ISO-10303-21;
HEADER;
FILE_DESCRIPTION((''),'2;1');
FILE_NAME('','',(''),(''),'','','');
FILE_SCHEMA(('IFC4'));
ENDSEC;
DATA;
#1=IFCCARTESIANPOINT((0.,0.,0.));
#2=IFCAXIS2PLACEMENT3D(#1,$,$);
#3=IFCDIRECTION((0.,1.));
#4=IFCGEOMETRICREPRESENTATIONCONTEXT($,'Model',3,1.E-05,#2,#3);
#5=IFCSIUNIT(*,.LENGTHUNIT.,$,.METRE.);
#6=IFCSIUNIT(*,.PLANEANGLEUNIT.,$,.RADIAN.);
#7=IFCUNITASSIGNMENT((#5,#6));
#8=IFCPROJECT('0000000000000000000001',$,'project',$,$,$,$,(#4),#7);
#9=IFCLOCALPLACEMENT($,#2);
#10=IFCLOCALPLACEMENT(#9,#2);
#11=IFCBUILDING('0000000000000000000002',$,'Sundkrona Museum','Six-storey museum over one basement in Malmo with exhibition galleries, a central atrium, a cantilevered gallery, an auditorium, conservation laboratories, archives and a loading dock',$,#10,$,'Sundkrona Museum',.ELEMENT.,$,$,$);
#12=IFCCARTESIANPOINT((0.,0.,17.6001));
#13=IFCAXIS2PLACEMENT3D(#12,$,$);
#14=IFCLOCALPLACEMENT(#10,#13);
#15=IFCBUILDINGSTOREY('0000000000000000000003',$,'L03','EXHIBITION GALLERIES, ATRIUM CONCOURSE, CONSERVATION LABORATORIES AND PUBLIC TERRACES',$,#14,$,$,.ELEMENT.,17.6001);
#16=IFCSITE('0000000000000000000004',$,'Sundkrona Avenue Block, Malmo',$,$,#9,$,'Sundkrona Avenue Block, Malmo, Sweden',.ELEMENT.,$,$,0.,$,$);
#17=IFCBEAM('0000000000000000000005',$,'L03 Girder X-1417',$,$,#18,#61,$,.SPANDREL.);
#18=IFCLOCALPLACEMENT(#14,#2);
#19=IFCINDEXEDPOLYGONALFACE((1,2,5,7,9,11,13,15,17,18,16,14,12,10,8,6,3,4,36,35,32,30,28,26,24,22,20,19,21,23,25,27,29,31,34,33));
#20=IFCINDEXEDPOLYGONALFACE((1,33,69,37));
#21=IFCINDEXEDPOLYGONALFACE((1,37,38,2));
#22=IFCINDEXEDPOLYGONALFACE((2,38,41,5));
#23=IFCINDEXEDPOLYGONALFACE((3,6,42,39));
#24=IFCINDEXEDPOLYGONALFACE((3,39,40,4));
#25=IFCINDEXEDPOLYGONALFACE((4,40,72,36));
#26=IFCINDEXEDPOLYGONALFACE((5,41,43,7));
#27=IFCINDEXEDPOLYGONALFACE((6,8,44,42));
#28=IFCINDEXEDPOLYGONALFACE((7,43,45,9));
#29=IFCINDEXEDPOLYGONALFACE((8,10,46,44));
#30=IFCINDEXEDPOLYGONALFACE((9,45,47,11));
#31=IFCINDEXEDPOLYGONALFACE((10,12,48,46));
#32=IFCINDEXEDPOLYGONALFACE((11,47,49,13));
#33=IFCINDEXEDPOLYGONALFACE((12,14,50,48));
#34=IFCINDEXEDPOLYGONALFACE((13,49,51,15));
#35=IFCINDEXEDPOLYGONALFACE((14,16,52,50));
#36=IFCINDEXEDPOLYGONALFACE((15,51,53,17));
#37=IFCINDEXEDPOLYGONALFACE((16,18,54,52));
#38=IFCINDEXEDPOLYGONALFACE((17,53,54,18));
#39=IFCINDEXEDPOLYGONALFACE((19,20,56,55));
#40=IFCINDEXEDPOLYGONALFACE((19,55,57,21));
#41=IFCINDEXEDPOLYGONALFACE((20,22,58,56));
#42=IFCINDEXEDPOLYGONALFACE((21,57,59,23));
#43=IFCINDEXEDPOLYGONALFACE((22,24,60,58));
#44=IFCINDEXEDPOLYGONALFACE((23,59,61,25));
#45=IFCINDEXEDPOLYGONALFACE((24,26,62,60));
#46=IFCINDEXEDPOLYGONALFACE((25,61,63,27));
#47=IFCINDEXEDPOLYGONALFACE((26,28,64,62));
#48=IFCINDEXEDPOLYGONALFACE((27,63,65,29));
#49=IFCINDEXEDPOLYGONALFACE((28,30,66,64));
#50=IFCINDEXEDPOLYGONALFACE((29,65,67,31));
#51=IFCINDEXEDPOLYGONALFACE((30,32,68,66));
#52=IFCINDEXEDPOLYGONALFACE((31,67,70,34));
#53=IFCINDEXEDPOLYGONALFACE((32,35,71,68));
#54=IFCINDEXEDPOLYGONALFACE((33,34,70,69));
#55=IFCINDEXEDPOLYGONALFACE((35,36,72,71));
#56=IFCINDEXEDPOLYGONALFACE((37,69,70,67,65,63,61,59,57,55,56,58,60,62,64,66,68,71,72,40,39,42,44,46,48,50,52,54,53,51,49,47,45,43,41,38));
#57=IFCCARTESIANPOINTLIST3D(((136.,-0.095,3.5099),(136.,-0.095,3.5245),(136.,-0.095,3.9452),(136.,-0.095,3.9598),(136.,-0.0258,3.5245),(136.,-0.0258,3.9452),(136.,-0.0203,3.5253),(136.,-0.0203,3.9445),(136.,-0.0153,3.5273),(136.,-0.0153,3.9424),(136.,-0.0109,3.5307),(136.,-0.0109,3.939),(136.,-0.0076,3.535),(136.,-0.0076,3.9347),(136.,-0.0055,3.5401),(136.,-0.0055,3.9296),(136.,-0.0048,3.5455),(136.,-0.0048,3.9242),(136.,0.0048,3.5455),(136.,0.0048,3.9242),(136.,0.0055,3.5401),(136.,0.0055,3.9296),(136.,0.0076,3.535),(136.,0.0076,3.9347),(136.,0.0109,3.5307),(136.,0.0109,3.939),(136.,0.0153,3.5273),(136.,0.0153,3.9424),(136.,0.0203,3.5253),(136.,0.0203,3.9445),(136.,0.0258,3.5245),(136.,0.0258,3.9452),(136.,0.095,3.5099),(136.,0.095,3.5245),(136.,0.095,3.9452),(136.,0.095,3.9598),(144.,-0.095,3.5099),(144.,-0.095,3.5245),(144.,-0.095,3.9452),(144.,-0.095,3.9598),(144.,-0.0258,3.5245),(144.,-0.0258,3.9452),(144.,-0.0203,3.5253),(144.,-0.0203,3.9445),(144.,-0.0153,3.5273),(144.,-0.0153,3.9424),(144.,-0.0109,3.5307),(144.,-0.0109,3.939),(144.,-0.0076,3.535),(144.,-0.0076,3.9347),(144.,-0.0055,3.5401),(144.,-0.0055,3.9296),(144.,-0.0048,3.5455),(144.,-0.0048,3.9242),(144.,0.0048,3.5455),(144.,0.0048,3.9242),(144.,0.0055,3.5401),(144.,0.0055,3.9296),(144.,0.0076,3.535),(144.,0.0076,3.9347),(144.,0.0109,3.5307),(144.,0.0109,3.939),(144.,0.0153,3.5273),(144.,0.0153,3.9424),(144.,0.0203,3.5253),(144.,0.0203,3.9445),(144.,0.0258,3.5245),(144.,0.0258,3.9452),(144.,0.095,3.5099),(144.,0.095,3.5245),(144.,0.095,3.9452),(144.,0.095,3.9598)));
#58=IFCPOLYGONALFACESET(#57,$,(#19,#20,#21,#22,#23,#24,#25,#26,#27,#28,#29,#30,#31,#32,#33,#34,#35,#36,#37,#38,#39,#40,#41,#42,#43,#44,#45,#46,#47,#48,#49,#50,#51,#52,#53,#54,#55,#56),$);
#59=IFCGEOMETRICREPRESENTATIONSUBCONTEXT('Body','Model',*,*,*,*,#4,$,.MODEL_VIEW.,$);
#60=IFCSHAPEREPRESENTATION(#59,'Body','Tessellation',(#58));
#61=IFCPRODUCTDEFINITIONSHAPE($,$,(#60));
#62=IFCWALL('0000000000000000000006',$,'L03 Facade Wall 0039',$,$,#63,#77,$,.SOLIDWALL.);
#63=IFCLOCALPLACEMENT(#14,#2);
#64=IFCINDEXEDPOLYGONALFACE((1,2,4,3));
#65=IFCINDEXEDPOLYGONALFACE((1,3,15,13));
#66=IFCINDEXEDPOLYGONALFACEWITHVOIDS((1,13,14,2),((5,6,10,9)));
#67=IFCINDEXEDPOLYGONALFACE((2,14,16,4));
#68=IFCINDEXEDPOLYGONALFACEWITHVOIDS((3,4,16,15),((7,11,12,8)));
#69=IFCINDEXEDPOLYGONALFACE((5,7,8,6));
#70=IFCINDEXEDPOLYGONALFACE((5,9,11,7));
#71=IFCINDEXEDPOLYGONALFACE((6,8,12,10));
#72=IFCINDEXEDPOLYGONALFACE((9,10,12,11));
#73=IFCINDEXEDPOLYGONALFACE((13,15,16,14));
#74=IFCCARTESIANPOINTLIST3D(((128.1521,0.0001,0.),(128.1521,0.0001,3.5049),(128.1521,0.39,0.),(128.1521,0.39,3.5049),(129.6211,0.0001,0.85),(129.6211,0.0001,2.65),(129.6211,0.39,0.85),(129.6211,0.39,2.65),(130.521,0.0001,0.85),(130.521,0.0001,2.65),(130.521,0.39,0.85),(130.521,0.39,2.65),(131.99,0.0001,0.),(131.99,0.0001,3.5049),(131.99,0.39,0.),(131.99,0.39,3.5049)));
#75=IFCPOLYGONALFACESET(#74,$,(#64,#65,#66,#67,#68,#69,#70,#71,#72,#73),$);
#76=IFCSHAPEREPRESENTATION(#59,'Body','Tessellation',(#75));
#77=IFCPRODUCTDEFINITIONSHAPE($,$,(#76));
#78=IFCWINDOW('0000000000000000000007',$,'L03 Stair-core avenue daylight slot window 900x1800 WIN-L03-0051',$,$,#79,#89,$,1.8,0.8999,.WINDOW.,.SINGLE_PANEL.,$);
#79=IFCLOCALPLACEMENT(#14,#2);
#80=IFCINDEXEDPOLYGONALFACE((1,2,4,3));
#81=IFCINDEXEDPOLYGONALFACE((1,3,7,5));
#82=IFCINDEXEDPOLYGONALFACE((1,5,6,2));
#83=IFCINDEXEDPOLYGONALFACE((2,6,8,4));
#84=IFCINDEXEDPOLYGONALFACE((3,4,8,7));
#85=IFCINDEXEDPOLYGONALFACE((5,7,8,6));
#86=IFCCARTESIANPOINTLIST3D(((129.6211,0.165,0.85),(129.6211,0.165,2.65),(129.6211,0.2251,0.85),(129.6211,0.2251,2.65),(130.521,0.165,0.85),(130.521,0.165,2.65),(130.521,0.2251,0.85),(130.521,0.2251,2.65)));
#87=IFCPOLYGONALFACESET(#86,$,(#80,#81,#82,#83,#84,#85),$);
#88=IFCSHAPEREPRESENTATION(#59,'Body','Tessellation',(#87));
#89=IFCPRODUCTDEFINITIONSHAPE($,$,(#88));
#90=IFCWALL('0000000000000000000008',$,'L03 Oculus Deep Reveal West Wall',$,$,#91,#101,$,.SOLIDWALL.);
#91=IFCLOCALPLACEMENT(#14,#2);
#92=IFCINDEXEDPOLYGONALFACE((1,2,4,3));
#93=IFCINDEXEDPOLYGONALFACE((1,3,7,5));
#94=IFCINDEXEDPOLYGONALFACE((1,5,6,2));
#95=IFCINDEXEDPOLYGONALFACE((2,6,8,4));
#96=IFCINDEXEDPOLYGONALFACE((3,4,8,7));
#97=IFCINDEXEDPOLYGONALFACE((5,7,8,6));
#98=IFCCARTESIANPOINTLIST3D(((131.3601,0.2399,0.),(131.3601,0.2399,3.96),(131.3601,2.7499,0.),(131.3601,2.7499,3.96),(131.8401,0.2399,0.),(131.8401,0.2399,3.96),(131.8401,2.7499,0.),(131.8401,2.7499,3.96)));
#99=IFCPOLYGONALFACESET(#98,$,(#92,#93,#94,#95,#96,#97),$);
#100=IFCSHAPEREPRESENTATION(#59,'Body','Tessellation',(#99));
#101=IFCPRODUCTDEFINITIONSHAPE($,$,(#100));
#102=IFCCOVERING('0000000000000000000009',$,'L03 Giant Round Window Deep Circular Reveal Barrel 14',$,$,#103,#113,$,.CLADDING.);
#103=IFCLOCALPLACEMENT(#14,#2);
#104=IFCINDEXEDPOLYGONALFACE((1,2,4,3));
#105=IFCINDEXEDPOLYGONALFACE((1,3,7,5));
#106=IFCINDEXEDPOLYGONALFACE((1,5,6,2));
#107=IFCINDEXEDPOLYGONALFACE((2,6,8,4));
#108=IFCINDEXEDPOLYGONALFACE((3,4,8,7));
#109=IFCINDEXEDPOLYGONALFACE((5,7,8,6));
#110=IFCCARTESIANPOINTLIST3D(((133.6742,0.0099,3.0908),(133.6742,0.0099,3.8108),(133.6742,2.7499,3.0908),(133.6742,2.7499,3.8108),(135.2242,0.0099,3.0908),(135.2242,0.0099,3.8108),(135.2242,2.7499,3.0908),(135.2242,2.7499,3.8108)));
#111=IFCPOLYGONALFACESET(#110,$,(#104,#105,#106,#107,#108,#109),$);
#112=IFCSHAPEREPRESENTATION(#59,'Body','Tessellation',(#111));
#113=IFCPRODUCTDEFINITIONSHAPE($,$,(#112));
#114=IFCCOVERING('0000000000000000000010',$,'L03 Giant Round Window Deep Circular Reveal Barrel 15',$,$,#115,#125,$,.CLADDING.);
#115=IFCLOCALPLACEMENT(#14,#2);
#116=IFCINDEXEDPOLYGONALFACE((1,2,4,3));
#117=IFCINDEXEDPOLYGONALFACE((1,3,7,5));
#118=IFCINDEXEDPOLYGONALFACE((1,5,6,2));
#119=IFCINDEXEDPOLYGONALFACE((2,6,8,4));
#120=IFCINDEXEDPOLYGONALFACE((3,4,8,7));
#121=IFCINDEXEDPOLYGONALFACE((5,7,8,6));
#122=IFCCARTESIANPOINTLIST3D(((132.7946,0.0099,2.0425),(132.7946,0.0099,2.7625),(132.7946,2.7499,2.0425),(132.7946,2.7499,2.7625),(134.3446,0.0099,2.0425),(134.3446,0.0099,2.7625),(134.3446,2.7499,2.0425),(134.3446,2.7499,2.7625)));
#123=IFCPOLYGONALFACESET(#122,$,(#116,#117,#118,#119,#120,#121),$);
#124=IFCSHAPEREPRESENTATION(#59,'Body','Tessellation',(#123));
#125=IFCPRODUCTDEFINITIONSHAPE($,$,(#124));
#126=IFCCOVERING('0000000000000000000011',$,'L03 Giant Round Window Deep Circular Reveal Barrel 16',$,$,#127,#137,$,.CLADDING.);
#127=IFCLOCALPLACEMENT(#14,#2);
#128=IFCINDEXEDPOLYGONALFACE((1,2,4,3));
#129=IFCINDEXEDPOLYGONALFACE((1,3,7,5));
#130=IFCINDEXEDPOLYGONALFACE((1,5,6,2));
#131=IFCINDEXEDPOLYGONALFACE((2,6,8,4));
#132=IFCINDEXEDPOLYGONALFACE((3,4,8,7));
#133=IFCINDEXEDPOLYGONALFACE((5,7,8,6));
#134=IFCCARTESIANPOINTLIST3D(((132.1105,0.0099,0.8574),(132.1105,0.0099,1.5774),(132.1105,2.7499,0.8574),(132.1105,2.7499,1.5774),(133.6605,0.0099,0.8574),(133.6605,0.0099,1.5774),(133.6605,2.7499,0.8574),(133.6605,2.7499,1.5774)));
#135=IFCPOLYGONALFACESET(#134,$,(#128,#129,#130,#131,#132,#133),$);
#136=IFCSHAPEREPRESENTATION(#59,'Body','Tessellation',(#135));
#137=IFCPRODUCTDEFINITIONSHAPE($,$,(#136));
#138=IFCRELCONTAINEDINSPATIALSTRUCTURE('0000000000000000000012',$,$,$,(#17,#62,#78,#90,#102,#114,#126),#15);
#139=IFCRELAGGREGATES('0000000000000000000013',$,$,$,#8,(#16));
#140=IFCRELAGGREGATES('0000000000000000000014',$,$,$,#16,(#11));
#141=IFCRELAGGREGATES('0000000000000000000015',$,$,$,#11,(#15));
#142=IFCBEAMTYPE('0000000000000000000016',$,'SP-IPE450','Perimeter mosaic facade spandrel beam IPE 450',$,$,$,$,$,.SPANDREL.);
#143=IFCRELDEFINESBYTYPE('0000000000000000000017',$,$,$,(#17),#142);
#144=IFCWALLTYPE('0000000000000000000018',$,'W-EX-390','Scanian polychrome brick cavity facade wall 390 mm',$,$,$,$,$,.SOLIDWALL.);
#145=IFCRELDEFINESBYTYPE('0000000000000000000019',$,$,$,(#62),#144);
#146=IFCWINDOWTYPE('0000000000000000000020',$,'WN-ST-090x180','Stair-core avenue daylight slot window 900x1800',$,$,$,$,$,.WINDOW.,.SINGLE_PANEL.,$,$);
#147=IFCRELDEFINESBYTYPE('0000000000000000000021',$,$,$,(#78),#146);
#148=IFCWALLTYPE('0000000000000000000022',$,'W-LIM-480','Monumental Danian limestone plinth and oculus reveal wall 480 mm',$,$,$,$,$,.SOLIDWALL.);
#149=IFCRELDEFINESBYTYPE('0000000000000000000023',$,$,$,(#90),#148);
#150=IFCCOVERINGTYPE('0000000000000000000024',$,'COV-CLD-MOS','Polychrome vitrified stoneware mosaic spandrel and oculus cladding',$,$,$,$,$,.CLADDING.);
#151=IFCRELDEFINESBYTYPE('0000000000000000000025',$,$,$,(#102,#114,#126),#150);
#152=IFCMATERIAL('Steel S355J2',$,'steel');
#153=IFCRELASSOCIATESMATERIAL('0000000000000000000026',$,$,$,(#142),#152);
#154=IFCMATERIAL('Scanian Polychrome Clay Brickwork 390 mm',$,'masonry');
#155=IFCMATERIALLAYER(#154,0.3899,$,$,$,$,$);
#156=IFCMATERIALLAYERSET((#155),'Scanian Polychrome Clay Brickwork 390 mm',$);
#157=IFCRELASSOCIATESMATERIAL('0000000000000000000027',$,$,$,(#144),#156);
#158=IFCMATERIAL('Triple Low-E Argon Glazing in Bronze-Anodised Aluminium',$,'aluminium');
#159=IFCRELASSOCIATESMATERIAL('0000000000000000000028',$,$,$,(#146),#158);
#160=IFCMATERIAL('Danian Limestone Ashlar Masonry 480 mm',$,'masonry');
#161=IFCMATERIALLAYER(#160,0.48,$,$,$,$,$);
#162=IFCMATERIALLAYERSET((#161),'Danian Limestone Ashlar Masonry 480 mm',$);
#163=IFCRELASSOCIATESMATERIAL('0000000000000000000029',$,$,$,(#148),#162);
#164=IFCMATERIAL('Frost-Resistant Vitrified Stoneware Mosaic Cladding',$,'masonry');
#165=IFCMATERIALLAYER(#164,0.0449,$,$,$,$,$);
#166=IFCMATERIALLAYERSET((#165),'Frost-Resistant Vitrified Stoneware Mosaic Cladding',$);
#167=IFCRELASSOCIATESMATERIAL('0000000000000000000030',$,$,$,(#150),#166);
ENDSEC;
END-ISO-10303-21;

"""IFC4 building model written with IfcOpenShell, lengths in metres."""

from ifc_helpers import new_model, si_unit, direction, frame, frame_2d, origin, origin_2d, place, context, subcontext, project, spatial, rectangle, i_section, extrude, material, layer, layer_set, material_profile, profile_set, type_object, element, fill, save


model = new_model("IFC4")

# Units and contexts
model_context = context("Model", 3, precision=1e-05, world=origin(), true_north=direction((0.0, 1.0)))
body_context = subcontext(model_context, "Body", "Model", "MODEL_VIEW")
ifc_project = project(units=[si_unit("LENGTHUNIT", "METRE"), si_unit("PLANEANGLEUNIT", "RADIAN")], contexts=[model_context])

# Site, building, storey
site_placement = place(None, origin())
site = spatial("IfcSite", under=ifc_project, at=site_placement, Name="Sundkrona Avenue Block, Malmo", LongName="Sundkrona Avenue Block, Malmo, Sweden", CompositionType="ELEMENT", RefElevation=0.0)
building_placement = place(site_placement, origin())
building = spatial("IfcBuilding", under=site, at=building_placement, Name="Sundkrona Museum", Description="Six-storey museum over one basement in Malmo with exhibition galleries, a central atrium, a cantilevered gallery, an auditorium, conservation laboratories, archives and a loading dock", LongName="Sundkrona Museum", CompositionType="ELEMENT")
storey_placement = place(building_placement, frame((0.0, 0.0, 17.6001)))
storey = spatial("IfcBuildingStorey", under=building, at=storey_placement, Name="L03", Description="EXHIBITION GALLERIES, ATRIUM CONCOURSE, CONSERVATION LABORATORIES AND PUBLIC TERRACES", CompositionType="ELEMENT", Elevation=17.6001)

# Shared definitions
ifc_material_1 = material(Name="Steel S355J2", Category="steel")

# Beam
ifc_material_profile_1 = material_profile(ifc_material_1, i_section(OverallWidth=0.1899, OverallDepth=0.45, WebThickness=0.0095, FlangeThickness=0.0146, FilletRadius=0.021, at=origin_2d()), Name="IPE 450")
ifc_profile_set_1 = profile_set([ifc_material_profile_1], Name="Steel S355J2")
beam_type_1 = type_object("IfcBeamType", Name="SP-IPE450", Description="Perimeter mosaic facade spandrel beam IPE 450", PredefinedType="SPANDREL", material=ifc_profile_set_1)
beam_1_placement = place(storey_placement, frame((136.0, 0.0, 3.7349), z_axis=(1.0, 0.0, 0.0), x_axis=(0.0, 1.0, 0.0)))
element("IfcBeam", 1, at=beam_1_placement, inside=storey, type_object=beam_type_1, Name="L03 Girder X-1417", PredefinedType="SPANDREL", context=body_context, shape_type="SweptSolid", body=[
    extrude(i_section(OverallWidth=0.1899, OverallDepth=0.45, WebThickness=0.0095, FlangeThickness=0.0146, FilletRadius=0.021, at=origin_2d()), origin(), (0.0, 0.0, 1.0), 8.0),
])

# Wall, opening, window
ifc_material_2 = material(Name="Scanian Polychrome Clay Brickwork 390 mm", Category="masonry")
ifc_layer_1 = layer(ifc_material_2, 0.3899)
ifc_layer_set_1 = layer_set([ifc_layer_1], Name="Scanian Polychrome Clay Brickwork 390 mm")
wall_type_1 = type_object("IfcWallType", Name="W-EX-390", Description="Scanian polychrome brick cavity facade wall 390 mm", PredefinedType="SOLIDWALL", material=ifc_layer_set_1)
wall_1_placement = place(storey_placement, frame((131.99, 0.1951, 0.0), z_axis=(0.0, 0.0, 1.0), x_axis=(-1.0, 0.0, 0.0)))
wall_1 = element("IfcWall", 2, at=wall_1_placement, inside=storey, type_object=wall_type_1, Name="L03 Facade Wall 0039", PredefinedType="SOLIDWALL", context=body_context, shape_type="SweptSolid", body=[
    extrude(rectangle(XDim=3.8379, YDim=0.3899, at=frame_2d((1.9189, 0.0))), origin(), (0.0, 0.0, 1.0), 3.5049),
])
opening_placement = place(wall_1_placement, frame((1.469, 0.0, 0.8501)))
opening = element("IfcOpeningElement", 3, at=opening_placement, cuts=wall_1, PredefinedType="OPENING", context=body_context, shape_type="SweptSolid", body=[
    extrude(rectangle(XDim=0.8999, YDim=1.8, at=frame_2d((0.45, 0.8999))), frame((0.0, 0.2048, 0.0), z_axis=(0.0, -1.0, 0.0), x_axis=(1.0, 0.0, 0.0)), (0.0, 0.0, 1.0), 0.4099),
])
ifc_material_3 = material(Name="Triple Low-E Argon Glazing in Bronze-Anodised Aluminium", Category="aluminium")
window_type = type_object("IfcWindowType", Name="WN-ST-090x180", Description="Stair-core avenue daylight slot window 900x1800", PartitioningType="SINGLE_PANEL", PredefinedType="WINDOW", material=ifc_material_3)
window_placement = place(opening_placement, origin())
window = element("IfcWindow", 4, at=window_placement, inside=storey, type_object=window_type, Name="L03 Stair-core avenue daylight slot window 900x1800 WIN-L03-0051", OverallHeight=1.8, OverallWidth=0.8999, PartitioningType="SINGLE_PANEL", PredefinedType="WINDOW", context=body_context, shape_type="SweptSolid", body=[
    extrude(rectangle(XDim=0.8999, YDim=1.8, at=frame_2d((0.45, 0.8999))), frame((0.0, 0.03, 0.0), z_axis=(0.0, -1.0, 0.0), x_axis=(1.0, 0.0, 0.0)), (0.0, 0.0, 1.0), 0.0601),
])
fill(opening, window)

# Wall
ifc_material_4 = material(Name="Danian Limestone Ashlar Masonry 480 mm", Category="masonry")
ifc_layer_2 = layer(ifc_material_4, 0.48)
ifc_layer_set_2 = layer_set([ifc_layer_2], Name="Danian Limestone Ashlar Masonry 480 mm")
wall_type_2 = type_object("IfcWallType", Name="W-LIM-480", Description="Monumental Danian limestone plinth and oculus reveal wall 480 mm", PredefinedType="SOLIDWALL", material=ifc_layer_set_2)
wall_2_placement = place(storey_placement, frame((131.6001, 0.24, 0.0), z_axis=(0.0, 0.0, 1.0), x_axis=(0.0, 1.0, 0.0)))
element("IfcWall", 5, at=wall_2_placement, inside=storey, type_object=wall_type_2, Name="L03 Oculus Deep Reveal West Wall", PredefinedType="SOLIDWALL", context=body_context, shape_type="SweptSolid", body=[
    extrude(rectangle(XDim=2.51, YDim=0.48, at=frame_2d((1.2549, 0.0))), origin(), (0.0, 0.0, 1.0), 3.96),
])

# Coverings
ifc_material_5 = material(Name="Frost-Resistant Vitrified Stoneware Mosaic Cladding", Category="masonry")
ifc_layer_3 = layer(ifc_material_5, 0.0449)
ifc_layer_set_3 = layer_set([ifc_layer_3], Name="Frost-Resistant Vitrified Stoneware Mosaic Cladding")
covering_type = type_object("IfcCoveringType", Name="COV-CLD-MOS", Description="Polychrome vitrified stoneware mosaic spandrel and oculus cladding", PredefinedType="CLADDING", material=ifc_layer_set_3)
for number, where, z_axis, x_axis, name in (
    (6, (134.4492, 1.3799, 3.0908), (0.0, 0.0, 1.0), (1.0, 0.0, 0.0), "L03 Giant Round Window Deep Circular Reveal Barrel 14"),
    (7, (133.5696, 1.3799, 2.0425), (0.0, 0.0, 1.0), (1.0, 0.0, 0.0), "L03 Giant Round Window Deep Circular Reveal Barrel 15"),
    (8, (132.8855, 1.3799, 0.8574), (0.0, 0.0, 1.0), (1.0, 0.0, 0.0), "L03 Giant Round Window Deep Circular Reveal Barrel 16"),
):
    element("IfcCovering", number, at=place(storey_placement, frame(where, z_axis=z_axis, x_axis=x_axis)), inside=storey, type_object=covering_type, Name=name, PredefinedType="CLADDING", context=body_context, shape_type="SweptSolid", body=[
        extrude(rectangle(XDim=1.55, YDim=2.74, at=origin_2d()), origin(), (0.0, 0.0, 1.0), 0.72),
    ])

save(model, "model.ifc")
